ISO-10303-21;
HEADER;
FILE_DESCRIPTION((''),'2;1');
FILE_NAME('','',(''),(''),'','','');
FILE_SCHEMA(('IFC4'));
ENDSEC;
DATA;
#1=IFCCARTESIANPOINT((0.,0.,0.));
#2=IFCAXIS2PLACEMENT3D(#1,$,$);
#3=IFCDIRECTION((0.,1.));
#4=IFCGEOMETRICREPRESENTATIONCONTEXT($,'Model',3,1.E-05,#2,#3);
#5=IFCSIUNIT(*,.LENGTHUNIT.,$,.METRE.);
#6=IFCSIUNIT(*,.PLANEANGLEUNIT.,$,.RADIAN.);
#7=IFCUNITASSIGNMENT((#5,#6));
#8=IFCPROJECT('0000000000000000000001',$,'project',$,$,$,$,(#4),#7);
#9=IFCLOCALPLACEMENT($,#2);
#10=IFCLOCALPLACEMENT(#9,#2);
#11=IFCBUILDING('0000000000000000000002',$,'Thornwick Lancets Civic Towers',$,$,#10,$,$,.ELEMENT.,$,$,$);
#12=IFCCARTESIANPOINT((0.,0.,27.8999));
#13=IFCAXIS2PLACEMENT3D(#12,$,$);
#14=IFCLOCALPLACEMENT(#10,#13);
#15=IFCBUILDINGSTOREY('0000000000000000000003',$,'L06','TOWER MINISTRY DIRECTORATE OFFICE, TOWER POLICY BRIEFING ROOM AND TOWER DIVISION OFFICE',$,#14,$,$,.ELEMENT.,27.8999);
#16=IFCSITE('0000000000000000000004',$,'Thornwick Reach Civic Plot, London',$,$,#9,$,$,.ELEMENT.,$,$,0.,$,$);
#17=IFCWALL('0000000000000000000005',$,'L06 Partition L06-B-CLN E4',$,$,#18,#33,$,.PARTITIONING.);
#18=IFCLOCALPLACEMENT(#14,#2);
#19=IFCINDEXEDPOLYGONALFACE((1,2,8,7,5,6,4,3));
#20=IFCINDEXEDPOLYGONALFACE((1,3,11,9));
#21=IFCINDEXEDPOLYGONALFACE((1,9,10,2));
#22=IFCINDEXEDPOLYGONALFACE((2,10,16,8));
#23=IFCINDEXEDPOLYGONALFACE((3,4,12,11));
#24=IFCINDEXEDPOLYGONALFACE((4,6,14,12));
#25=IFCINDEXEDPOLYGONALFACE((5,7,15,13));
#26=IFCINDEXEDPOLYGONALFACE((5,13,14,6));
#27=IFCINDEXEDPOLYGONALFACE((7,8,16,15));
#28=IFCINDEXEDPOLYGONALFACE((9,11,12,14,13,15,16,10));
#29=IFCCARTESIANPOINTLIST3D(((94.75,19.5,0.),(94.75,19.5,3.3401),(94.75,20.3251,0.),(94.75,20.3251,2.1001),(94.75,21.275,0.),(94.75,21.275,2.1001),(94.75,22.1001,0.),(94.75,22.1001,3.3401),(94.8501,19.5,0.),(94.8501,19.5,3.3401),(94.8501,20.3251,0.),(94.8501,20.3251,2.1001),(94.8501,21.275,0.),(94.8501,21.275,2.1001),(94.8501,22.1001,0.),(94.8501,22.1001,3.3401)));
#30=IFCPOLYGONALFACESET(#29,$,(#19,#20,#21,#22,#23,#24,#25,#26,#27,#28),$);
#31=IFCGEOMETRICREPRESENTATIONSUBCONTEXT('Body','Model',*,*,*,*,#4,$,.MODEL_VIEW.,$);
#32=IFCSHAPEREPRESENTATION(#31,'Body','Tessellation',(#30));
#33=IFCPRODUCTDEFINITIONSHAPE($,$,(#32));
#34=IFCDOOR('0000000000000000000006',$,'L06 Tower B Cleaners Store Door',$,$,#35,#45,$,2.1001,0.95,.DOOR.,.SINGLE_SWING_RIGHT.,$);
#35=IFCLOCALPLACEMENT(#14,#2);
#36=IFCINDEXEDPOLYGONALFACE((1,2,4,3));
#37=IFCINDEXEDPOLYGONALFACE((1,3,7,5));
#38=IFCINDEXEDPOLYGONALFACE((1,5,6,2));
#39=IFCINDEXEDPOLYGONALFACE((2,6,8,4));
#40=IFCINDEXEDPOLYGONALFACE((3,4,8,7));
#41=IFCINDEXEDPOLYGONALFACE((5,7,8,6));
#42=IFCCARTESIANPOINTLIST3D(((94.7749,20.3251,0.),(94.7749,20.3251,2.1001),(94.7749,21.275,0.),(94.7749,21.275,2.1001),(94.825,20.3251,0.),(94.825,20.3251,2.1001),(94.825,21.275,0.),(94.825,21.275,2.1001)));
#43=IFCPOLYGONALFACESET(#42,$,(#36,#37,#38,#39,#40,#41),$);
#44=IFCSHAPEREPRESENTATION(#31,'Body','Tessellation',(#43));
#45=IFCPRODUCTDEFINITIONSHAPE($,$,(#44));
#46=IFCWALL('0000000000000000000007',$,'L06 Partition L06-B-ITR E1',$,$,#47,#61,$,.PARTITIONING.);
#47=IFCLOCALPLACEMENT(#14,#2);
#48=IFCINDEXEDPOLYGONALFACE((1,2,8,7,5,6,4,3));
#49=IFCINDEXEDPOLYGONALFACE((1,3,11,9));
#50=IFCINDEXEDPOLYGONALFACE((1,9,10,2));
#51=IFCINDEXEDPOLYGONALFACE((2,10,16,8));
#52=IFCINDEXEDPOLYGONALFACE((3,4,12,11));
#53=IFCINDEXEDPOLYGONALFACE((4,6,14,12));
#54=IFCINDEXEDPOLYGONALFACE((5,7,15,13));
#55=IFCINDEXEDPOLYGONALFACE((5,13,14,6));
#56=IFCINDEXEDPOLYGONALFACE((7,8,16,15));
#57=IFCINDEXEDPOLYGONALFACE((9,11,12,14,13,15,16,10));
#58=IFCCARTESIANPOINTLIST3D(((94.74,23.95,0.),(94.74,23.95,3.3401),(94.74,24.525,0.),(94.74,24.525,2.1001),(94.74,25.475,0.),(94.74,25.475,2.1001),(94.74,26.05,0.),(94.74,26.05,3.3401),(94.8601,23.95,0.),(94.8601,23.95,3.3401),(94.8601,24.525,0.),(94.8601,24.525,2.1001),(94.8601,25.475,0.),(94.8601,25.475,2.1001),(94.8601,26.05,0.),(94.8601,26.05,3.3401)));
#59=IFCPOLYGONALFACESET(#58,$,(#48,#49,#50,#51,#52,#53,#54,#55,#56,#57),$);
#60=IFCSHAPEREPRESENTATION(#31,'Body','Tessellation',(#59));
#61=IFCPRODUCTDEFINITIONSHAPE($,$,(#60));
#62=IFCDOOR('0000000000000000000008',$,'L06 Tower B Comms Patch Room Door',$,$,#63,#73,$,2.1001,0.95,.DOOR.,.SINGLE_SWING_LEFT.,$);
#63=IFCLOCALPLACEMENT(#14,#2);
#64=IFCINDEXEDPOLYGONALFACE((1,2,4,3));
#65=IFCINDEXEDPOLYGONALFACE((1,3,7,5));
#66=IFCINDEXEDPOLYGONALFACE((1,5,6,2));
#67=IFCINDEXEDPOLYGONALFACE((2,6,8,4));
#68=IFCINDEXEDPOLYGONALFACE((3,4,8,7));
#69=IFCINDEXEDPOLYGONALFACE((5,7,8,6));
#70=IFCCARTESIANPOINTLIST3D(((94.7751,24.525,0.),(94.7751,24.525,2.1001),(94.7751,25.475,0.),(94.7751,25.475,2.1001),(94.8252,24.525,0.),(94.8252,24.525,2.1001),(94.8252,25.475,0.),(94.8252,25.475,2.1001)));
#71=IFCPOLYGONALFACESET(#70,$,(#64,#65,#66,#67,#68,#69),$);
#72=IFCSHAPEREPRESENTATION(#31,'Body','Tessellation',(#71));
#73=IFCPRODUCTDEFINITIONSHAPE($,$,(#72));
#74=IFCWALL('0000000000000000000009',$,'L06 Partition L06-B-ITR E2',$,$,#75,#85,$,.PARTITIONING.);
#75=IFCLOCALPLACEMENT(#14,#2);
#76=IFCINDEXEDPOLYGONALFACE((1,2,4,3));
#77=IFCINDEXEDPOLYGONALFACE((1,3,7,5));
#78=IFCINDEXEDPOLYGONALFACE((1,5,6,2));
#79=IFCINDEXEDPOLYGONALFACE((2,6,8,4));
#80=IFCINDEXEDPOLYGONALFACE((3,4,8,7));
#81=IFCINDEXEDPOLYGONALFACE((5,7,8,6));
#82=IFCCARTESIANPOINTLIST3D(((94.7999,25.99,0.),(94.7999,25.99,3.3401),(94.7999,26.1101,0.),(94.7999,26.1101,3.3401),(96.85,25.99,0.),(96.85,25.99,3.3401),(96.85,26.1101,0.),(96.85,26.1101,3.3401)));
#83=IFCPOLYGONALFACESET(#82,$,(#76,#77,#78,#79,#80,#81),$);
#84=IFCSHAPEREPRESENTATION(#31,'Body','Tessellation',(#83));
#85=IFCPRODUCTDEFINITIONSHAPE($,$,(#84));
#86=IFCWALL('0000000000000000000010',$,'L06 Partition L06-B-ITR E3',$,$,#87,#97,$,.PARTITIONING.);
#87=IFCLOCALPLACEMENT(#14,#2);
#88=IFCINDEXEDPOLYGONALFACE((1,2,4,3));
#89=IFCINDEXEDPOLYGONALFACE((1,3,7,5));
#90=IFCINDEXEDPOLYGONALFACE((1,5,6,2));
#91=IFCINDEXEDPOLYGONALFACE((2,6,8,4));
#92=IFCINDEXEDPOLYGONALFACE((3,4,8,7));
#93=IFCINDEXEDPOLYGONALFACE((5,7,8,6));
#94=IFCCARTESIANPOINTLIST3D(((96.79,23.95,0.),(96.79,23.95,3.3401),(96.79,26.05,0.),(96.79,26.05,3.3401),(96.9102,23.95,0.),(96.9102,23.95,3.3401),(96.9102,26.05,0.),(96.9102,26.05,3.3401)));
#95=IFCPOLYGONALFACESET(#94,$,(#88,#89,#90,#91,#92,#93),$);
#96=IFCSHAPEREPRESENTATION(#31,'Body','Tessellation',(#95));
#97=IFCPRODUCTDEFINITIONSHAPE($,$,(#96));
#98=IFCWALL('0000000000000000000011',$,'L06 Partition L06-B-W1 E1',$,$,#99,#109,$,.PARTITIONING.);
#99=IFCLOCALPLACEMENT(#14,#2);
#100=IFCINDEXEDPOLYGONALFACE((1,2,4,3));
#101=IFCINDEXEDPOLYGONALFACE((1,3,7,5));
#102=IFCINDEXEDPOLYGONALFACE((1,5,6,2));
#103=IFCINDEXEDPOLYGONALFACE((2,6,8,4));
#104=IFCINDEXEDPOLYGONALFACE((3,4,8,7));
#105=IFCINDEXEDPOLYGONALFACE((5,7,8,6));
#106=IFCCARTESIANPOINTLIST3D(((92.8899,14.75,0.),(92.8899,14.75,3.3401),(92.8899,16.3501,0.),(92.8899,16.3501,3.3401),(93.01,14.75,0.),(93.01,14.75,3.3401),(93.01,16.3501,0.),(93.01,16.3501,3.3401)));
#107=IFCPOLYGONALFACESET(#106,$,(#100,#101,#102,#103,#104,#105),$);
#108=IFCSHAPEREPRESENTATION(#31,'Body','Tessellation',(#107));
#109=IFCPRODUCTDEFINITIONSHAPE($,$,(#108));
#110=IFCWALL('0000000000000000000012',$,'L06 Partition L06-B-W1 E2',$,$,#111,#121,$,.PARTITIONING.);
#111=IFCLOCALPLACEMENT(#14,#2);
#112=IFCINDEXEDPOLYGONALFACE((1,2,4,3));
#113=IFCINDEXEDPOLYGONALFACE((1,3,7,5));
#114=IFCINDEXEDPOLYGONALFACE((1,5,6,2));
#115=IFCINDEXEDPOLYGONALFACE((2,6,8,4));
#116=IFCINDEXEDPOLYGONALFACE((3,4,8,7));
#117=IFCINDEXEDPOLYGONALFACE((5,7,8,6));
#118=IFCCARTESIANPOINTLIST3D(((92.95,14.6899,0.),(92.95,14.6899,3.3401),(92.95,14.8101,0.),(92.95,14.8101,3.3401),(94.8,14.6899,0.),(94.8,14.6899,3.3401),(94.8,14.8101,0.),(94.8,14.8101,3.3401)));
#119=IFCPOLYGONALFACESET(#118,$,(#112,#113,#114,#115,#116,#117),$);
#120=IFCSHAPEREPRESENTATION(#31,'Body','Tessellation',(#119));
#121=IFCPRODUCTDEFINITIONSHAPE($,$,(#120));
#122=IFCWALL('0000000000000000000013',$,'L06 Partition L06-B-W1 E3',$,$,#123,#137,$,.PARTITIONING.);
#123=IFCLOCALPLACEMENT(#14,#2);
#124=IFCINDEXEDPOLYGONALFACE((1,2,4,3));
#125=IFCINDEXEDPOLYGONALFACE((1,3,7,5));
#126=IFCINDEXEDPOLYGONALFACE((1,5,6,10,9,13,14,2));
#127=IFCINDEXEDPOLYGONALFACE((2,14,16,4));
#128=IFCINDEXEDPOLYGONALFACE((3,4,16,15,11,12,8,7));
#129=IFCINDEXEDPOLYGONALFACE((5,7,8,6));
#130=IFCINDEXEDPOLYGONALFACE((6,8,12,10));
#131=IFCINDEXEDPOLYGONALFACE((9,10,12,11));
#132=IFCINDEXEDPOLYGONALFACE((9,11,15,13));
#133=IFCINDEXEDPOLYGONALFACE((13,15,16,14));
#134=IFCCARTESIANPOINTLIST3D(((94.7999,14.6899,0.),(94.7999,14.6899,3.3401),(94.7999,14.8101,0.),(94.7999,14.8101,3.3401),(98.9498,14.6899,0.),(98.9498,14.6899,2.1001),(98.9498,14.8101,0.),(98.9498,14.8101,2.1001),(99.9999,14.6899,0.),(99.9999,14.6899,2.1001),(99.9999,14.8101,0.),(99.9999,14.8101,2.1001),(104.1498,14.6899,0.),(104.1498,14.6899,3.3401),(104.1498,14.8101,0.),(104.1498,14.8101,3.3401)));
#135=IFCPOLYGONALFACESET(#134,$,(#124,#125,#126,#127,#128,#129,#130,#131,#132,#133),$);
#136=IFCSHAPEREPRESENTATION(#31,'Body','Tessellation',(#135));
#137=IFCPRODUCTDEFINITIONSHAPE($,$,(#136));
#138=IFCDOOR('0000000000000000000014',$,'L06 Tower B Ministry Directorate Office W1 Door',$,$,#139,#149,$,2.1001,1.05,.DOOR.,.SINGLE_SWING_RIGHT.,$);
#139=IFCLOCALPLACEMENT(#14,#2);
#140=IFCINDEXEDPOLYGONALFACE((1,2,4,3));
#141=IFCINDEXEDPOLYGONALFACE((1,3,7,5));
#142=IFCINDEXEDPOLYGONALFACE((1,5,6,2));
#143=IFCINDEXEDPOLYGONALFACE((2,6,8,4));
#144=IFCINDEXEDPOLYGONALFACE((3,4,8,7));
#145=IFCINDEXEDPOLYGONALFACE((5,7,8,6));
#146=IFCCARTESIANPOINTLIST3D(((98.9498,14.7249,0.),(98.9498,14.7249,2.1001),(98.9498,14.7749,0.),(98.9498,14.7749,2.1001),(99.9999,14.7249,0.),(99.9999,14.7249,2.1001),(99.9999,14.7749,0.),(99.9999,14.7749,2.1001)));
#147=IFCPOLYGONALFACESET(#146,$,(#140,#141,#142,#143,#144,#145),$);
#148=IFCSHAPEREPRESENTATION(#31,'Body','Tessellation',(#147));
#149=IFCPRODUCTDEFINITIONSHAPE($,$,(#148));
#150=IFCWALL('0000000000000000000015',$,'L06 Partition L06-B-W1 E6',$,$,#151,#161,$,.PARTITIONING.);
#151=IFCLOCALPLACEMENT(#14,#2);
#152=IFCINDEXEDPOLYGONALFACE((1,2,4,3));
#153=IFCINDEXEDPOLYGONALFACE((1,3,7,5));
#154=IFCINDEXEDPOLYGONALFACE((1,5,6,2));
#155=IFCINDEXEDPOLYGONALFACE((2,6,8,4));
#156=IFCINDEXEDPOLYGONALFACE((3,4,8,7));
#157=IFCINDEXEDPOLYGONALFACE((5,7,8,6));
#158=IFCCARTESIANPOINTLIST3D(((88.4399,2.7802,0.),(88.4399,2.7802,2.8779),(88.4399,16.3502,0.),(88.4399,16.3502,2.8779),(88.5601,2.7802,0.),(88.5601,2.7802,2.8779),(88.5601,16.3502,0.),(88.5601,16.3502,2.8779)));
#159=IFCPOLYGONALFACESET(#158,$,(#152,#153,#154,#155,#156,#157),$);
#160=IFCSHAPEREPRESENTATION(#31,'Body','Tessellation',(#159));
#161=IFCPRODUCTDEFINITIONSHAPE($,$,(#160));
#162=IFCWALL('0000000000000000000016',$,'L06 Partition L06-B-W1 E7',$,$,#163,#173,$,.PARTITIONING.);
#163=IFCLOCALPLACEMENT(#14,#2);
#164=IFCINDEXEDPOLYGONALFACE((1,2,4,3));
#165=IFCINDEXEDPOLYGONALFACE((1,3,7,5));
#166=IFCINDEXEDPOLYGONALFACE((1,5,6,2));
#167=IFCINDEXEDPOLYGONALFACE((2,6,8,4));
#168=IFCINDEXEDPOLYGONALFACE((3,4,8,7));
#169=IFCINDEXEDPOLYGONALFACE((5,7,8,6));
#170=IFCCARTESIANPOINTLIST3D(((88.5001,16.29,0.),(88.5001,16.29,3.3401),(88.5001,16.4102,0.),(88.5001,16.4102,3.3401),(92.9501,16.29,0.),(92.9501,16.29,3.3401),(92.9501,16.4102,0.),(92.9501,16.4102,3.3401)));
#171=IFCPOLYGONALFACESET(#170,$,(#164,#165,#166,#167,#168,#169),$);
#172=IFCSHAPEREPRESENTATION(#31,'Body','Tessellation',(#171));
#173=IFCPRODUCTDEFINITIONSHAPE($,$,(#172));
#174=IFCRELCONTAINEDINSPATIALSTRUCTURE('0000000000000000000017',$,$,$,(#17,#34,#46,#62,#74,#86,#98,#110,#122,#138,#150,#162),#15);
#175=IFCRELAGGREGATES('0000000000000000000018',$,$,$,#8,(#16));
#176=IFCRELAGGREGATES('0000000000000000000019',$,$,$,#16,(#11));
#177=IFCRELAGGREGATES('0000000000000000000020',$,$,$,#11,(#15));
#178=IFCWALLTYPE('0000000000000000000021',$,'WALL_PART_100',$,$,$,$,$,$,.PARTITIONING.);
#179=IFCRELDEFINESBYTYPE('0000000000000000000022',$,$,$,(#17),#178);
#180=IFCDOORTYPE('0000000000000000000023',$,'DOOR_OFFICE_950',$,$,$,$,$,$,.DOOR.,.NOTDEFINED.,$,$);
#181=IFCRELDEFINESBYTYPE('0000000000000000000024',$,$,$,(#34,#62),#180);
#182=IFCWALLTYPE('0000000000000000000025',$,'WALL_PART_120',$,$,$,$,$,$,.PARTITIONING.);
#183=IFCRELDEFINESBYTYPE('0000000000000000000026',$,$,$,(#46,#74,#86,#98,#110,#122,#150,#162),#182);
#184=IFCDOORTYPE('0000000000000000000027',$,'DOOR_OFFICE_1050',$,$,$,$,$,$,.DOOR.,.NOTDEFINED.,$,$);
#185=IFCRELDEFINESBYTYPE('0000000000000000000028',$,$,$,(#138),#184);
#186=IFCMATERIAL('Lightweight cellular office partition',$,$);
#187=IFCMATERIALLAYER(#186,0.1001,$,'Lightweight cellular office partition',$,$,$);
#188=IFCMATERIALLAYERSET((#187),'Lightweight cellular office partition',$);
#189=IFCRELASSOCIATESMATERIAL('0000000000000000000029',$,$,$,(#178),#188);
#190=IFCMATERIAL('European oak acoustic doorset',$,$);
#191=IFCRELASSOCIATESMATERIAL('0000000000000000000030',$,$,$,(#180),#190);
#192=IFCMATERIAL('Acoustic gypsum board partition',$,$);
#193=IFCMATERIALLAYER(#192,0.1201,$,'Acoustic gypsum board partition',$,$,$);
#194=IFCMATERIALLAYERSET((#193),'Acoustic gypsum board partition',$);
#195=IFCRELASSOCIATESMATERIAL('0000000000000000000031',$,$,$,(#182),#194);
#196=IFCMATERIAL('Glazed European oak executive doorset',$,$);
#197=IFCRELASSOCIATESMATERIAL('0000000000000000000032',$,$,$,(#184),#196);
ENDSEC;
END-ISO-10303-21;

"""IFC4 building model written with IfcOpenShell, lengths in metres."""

from ifc_helpers import new_model, si_unit, direction, frame, frame_2d, origin, place, context, subcontext, project, spatial, rectangle, extrude, material, layer, layer_set, type_object, element, fill, save


model = new_model("IFC4")

# Units and contexts
model_context = context("Model", 3, precision=1e-05, world=origin(), true_north=direction((0.0, 1.0)))
body_context = subcontext(model_context, "Body", "Model", "MODEL_VIEW")
ifc_project = project(units=[si_unit("LENGTHUNIT", "METRE"), si_unit("PLANEANGLEUNIT", "RADIAN")], contexts=[model_context])

# Site, building, storey
site_placement = place(None, origin())
site = spatial("IfcSite", under=ifc_project, at=site_placement, Name="Thornwick Reach Civic Plot, London", CompositionType="ELEMENT", RefElevation=0.0)
building_placement = place(site_placement, origin())
building = spatial("IfcBuilding", under=site, at=building_placement, Name="Thornwick Lancets Civic Towers", CompositionType="ELEMENT")
storey_placement = place(building_placement, frame((0.0, 0.0, 27.8999)))
storey = spatial("IfcBuildingStorey", under=building, at=storey_placement, Name="L06", Description="TOWER MINISTRY DIRECTORATE OFFICE, TOWER POLICY BRIEFING ROOM AND TOWER DIVISION OFFICE", CompositionType="ELEMENT", Elevation=27.8999)

# Shared definitions
ifc_material_1 = material(Name="Lightweight cellular office partition")
ifc_layer_1 = layer(ifc_material_1, 0.1001, Name="Lightweight cellular office partition")
ifc_layer_set_1 = layer_set([ifc_layer_1], Name="Lightweight cellular office partition")
wall_type_1 = type_object("IfcWallType", Name="WALL_PART_100", PredefinedType="PARTITIONING", material=ifc_layer_set_1)

# Walls, openings, doors
wall_1_placement = place(storey_placement, frame((94.8, 22.1001, 0.0), z_axis=(0.0, 0.0, 1.0), x_axis=(0.0, -1.0, 0.0)))
wall_1 = element("IfcWall", 1, at=wall_1_placement, inside=storey, type_object=wall_type_1, Name="L06 Partition L06-B-CLN E4", PredefinedType="PARTITIONING", context=body_context, shape_type="SweptSolid", body=[
    extrude(rectangle(XDim=2.6001, YDim=0.1001, at=frame_2d((1.3, 0.0))), origin(), (0.0, 0.0, 1.0), 3.3401),
])
opening_1_placement = place(wall_1_placement, frame((0.825, 0.0, 0.0)))
opening_1 = element("IfcOpeningElement", 2, at=opening_1_placement, cuts=wall_1, PredefinedType="OPENING", context=body_context, shape_type="SweptSolid", body=[
    extrude(rectangle(XDim=0.95, YDim=2.1001, at=frame_2d((0.4751, 1.05))), frame((0.0, 0.0601, 0.0), z_axis=(0.0, -1.0, 0.0), x_axis=(1.0, 0.0, 0.0)), (0.0, 0.0, 1.0), 0.1201),
])
ifc_material_2 = material(Name="European oak acoustic doorset")
door_type_1 = type_object("IfcDoorType", Name="DOOR_OFFICE_950", OperationType="NOTDEFINED", PredefinedType="DOOR", material=ifc_material_2)
door_1_placement = place(opening_1_placement, origin())
door_1 = element("IfcDoor", 3, at=door_1_placement, inside=storey, type_object=door_type_1, Name="L06 Tower B Cleaners Store Door", OperationType="SINGLE_SWING_RIGHT", OverallHeight=2.1001, OverallWidth=0.95, PredefinedType="DOOR", context=body_context, shape_type="SweptSolid", body=[
    extrude(rectangle(XDim=0.95, YDim=2.1001, at=frame_2d((0.4751, 1.05))), frame((0.0, 0.0249, 0.0), z_axis=(0.0, -1.0, 0.0), x_axis=(1.0, 0.0, 0.0)), (0.0, 0.0, 1.0), 0.05),
])
fill(opening_1, door_1)
ifc_material_3 = material(Name="Acoustic gypsum board partition")
ifc_layer_2 = layer(ifc_material_3, 0.1201, Name="Acoustic gypsum board partition")
ifc_layer_set_2 = layer_set([ifc_layer_2], Name="Acoustic gypsum board partition")
wall_type_2 = type_object("IfcWallType", Name="WALL_PART_120", PredefinedType="PARTITIONING", material=ifc_layer_set_2)
wall_2_placement = place(storey_placement, frame((94.8, 23.95, 0.0), z_axis=(0.0, 0.0, 1.0), x_axis=(0.0, 1.0, 0.0)))
wall_2 = element("IfcWall", 4, at=wall_2_placement, inside=storey, type_object=wall_type_2, Name="L06 Partition L06-B-ITR E1", PredefinedType="PARTITIONING", context=body_context, shape_type="SweptSolid", body=[
    extrude(rectangle(XDim=2.1001, YDim=0.1201, at=frame_2d((1.05, 0.0))), origin(), (0.0, 0.0, 1.0), 3.3401),
])
opening_2_placement = place(wall_2_placement, frame((0.575, 0.0, 0.0)))
opening_2 = element("IfcOpeningElement", 5, at=opening_2_placement, cuts=wall_2, PredefinedType="OPENING", context=body_context, shape_type="SweptSolid", body=[
    extrude(rectangle(XDim=0.95, YDim=2.1001, at=frame_2d((0.4751, 1.05))), frame((0.0, 0.0701, 0.0), z_axis=(0.0, -1.0, 0.0), x_axis=(1.0, 0.0, 0.0)), (0.0, 0.0, 1.0), 0.1401),
])
door_2_placement = place(opening_2_placement, origin())
door_2 = element("IfcDoor", 6, at=door_2_placement, inside=storey, type_object=door_type_1, Name="L06 Tower B Comms Patch Room Door", OperationType="SINGLE_SWING_LEFT", OverallHeight=2.1001, OverallWidth=0.95, PredefinedType="DOOR", context=body_context, shape_type="SweptSolid", body=[
    extrude(rectangle(XDim=0.95, YDim=2.1001, at=frame_2d((0.4751, 1.05))), frame((0.0, 0.0249, 0.0), z_axis=(0.0, -1.0, 0.0), x_axis=(1.0, 0.0, 0.0)), (0.0, 0.0, 1.0), 0.05),
])
fill(opening_2, door_2)

# Walls
wall_3_placement = place(storey_placement, frame((94.8, 26.05, 0.0), z_axis=(0.0, 0.0, 1.0), x_axis=(1.0, 0.0, 0.0)))
element("IfcWall", 7, at=wall_3_placement, inside=storey, type_object=wall_type_2, Name="L06 Partition L06-B-ITR E2", PredefinedType="PARTITIONING", context=body_context, shape_type="SweptSolid", body=[
    extrude(rectangle(XDim=2.05, YDim=0.1201, at=frame_2d((1.0249, 0.0))), origin(), (0.0, 0.0, 1.0), 3.3401),
])
wall_4_placement = place(storey_placement, frame((96.8501, 26.05, 0.0), z_axis=(0.0, 0.0, 1.0), x_axis=(0.0, -1.0, 0.0)))
element("IfcWall", 8, at=wall_4_placement, inside=storey, type_object=wall_type_2, Name="L06 Partition L06-B-ITR E3", PredefinedType="PARTITIONING", context=body_context, shape_type="SweptSolid", body=[
    extrude(rectangle(XDim=2.1001, YDim=0.1201, at=frame_2d((1.05, 0.0))), origin(), (0.0, 0.0, 1.0), 3.3401),
])
wall_5_placement = place(storey_placement, frame((92.95, 16.3501, 0.0), z_axis=(0.0, 0.0, 1.0), x_axis=(0.0, -1.0, 0.0)))
element("IfcWall", 9, at=wall_5_placement, inside=storey, type_object=wall_type_2, Name="L06 Partition L06-B-W1 E1", PredefinedType="PARTITIONING", context=body_context, shape_type="SweptSolid", body=[
    extrude(rectangle(XDim=1.6001, YDim=0.1201, at=frame_2d((0.8, 0.0))), origin(), (0.0, 0.0, 1.0), 3.3401),
])
wall_6_placement = place(storey_placement, frame((92.95, 14.75, 0.0), z_axis=(0.0, 0.0, 1.0), x_axis=(1.0, 0.0, 0.0)))
element("IfcWall", 10, at=wall_6_placement, inside=storey, type_object=wall_type_2, Name="L06 Partition L06-B-W1 E2", PredefinedType="PARTITIONING", context=body_context, shape_type="SweptSolid", body=[
    extrude(rectangle(XDim=1.8501, YDim=0.1201, at=frame_2d((0.925, 0.0))), origin(), (0.0, 0.0, 1.0), 3.3401),
])

# Wall, opening, door
wall_7_placement = place(storey_placement, frame((94.8, 14.75, 0.0), z_axis=(0.0, 0.0, 1.0), x_axis=(1.0, 0.0, 0.0)))
wall_7 = element("IfcWall", 11, at=wall_7_placement, inside=storey, type_object=wall_type_2, Name="L06 Partition L06-B-W1 E3", PredefinedType="PARTITIONING", context=body_context, shape_type="SweptSolid", body=[
    extrude(rectangle(XDim=9.3499, YDim=0.1201, at=frame_2d((4.6748, 0.0))), origin(), (0.0, 0.0, 1.0), 3.3401),
])
opening_3_placement = place(wall_7_placement, frame((4.1499, 0.0, 0.0)))
opening_3 = element("IfcOpeningElement", 12, at=opening_3_placement, cuts=wall_7, PredefinedType="OPENING", context=body_context, shape_type="SweptSolid", body=[
    extrude(rectangle(XDim=1.05, YDim=2.1001, at=frame_2d((0.5249, 1.05))), frame((0.0, 0.0701, 0.0), z_axis=(0.0, -1.0, 0.0), x_axis=(1.0, 0.0, 0.0)), (0.0, 0.0, 1.0), 0.1401),
])
ifc_material_4 = material(Name="Glazed European oak executive doorset")
door_type_2 = type_object("IfcDoorType", Name="DOOR_OFFICE_1050", OperationType="NOTDEFINED", PredefinedType="DOOR", material=ifc_material_4)
door_3_placement = place(opening_3_placement, origin())
door_3 = element("IfcDoor", 13, at=door_3_placement, inside=storey, type_object=door_type_2, Name="L06 Tower B Ministry Directorate Office W1 Door", OperationType="SINGLE_SWING_RIGHT", OverallHeight=2.1001, OverallWidth=1.05, PredefinedType="DOOR", context=body_context, shape_type="SweptSolid", body=[
    extrude(rectangle(XDim=1.05, YDim=2.1001, at=frame_2d((0.5249, 1.05))), frame((0.0, 0.0249, 0.0), z_axis=(0.0, -1.0, 0.0), x_axis=(1.0, 0.0, 0.0)), (0.0, 0.0, 1.0), 0.05),
])
fill(opening_3, door_3)

# Walls
wall_8_placement = place(storey_placement, frame((88.5, 2.78, 0.0), z_axis=(0.0, 0.0, 1.0), x_axis=(0.0, 1.0, 0.0)))
element("IfcWall", 14, at=wall_8_placement, inside=storey, type_object=wall_type_2, Name="L06 Partition L06-B-W1 E6", PredefinedType="PARTITIONING", context=body_context, shape_type="SweptSolid", body=[
    extrude(rectangle(XDim=13.5701, YDim=0.1201, at=frame_2d((6.7852, 0.0))), origin(), (0.0, 0.0, 1.0), 2.8779),
])
wall_9_placement = place(storey_placement, frame((88.5, 16.3501, 0.0), z_axis=(0.0, 0.0, 1.0), x_axis=(1.0, 0.0, 0.0)))
element("IfcWall", 15, at=wall_9_placement, inside=storey, type_object=wall_type_2, Name="L06 Partition L06-B-W1 E7", PredefinedType="PARTITIONING", context=body_context, shape_type="SweptSolid", body=[
    extrude(rectangle(XDim=4.45, YDim=0.1201, at=frame_2d((2.2251, 0.0))), origin(), (0.0, 0.0, 1.0), 3.3401),
])

save(model, "model.ifc")
